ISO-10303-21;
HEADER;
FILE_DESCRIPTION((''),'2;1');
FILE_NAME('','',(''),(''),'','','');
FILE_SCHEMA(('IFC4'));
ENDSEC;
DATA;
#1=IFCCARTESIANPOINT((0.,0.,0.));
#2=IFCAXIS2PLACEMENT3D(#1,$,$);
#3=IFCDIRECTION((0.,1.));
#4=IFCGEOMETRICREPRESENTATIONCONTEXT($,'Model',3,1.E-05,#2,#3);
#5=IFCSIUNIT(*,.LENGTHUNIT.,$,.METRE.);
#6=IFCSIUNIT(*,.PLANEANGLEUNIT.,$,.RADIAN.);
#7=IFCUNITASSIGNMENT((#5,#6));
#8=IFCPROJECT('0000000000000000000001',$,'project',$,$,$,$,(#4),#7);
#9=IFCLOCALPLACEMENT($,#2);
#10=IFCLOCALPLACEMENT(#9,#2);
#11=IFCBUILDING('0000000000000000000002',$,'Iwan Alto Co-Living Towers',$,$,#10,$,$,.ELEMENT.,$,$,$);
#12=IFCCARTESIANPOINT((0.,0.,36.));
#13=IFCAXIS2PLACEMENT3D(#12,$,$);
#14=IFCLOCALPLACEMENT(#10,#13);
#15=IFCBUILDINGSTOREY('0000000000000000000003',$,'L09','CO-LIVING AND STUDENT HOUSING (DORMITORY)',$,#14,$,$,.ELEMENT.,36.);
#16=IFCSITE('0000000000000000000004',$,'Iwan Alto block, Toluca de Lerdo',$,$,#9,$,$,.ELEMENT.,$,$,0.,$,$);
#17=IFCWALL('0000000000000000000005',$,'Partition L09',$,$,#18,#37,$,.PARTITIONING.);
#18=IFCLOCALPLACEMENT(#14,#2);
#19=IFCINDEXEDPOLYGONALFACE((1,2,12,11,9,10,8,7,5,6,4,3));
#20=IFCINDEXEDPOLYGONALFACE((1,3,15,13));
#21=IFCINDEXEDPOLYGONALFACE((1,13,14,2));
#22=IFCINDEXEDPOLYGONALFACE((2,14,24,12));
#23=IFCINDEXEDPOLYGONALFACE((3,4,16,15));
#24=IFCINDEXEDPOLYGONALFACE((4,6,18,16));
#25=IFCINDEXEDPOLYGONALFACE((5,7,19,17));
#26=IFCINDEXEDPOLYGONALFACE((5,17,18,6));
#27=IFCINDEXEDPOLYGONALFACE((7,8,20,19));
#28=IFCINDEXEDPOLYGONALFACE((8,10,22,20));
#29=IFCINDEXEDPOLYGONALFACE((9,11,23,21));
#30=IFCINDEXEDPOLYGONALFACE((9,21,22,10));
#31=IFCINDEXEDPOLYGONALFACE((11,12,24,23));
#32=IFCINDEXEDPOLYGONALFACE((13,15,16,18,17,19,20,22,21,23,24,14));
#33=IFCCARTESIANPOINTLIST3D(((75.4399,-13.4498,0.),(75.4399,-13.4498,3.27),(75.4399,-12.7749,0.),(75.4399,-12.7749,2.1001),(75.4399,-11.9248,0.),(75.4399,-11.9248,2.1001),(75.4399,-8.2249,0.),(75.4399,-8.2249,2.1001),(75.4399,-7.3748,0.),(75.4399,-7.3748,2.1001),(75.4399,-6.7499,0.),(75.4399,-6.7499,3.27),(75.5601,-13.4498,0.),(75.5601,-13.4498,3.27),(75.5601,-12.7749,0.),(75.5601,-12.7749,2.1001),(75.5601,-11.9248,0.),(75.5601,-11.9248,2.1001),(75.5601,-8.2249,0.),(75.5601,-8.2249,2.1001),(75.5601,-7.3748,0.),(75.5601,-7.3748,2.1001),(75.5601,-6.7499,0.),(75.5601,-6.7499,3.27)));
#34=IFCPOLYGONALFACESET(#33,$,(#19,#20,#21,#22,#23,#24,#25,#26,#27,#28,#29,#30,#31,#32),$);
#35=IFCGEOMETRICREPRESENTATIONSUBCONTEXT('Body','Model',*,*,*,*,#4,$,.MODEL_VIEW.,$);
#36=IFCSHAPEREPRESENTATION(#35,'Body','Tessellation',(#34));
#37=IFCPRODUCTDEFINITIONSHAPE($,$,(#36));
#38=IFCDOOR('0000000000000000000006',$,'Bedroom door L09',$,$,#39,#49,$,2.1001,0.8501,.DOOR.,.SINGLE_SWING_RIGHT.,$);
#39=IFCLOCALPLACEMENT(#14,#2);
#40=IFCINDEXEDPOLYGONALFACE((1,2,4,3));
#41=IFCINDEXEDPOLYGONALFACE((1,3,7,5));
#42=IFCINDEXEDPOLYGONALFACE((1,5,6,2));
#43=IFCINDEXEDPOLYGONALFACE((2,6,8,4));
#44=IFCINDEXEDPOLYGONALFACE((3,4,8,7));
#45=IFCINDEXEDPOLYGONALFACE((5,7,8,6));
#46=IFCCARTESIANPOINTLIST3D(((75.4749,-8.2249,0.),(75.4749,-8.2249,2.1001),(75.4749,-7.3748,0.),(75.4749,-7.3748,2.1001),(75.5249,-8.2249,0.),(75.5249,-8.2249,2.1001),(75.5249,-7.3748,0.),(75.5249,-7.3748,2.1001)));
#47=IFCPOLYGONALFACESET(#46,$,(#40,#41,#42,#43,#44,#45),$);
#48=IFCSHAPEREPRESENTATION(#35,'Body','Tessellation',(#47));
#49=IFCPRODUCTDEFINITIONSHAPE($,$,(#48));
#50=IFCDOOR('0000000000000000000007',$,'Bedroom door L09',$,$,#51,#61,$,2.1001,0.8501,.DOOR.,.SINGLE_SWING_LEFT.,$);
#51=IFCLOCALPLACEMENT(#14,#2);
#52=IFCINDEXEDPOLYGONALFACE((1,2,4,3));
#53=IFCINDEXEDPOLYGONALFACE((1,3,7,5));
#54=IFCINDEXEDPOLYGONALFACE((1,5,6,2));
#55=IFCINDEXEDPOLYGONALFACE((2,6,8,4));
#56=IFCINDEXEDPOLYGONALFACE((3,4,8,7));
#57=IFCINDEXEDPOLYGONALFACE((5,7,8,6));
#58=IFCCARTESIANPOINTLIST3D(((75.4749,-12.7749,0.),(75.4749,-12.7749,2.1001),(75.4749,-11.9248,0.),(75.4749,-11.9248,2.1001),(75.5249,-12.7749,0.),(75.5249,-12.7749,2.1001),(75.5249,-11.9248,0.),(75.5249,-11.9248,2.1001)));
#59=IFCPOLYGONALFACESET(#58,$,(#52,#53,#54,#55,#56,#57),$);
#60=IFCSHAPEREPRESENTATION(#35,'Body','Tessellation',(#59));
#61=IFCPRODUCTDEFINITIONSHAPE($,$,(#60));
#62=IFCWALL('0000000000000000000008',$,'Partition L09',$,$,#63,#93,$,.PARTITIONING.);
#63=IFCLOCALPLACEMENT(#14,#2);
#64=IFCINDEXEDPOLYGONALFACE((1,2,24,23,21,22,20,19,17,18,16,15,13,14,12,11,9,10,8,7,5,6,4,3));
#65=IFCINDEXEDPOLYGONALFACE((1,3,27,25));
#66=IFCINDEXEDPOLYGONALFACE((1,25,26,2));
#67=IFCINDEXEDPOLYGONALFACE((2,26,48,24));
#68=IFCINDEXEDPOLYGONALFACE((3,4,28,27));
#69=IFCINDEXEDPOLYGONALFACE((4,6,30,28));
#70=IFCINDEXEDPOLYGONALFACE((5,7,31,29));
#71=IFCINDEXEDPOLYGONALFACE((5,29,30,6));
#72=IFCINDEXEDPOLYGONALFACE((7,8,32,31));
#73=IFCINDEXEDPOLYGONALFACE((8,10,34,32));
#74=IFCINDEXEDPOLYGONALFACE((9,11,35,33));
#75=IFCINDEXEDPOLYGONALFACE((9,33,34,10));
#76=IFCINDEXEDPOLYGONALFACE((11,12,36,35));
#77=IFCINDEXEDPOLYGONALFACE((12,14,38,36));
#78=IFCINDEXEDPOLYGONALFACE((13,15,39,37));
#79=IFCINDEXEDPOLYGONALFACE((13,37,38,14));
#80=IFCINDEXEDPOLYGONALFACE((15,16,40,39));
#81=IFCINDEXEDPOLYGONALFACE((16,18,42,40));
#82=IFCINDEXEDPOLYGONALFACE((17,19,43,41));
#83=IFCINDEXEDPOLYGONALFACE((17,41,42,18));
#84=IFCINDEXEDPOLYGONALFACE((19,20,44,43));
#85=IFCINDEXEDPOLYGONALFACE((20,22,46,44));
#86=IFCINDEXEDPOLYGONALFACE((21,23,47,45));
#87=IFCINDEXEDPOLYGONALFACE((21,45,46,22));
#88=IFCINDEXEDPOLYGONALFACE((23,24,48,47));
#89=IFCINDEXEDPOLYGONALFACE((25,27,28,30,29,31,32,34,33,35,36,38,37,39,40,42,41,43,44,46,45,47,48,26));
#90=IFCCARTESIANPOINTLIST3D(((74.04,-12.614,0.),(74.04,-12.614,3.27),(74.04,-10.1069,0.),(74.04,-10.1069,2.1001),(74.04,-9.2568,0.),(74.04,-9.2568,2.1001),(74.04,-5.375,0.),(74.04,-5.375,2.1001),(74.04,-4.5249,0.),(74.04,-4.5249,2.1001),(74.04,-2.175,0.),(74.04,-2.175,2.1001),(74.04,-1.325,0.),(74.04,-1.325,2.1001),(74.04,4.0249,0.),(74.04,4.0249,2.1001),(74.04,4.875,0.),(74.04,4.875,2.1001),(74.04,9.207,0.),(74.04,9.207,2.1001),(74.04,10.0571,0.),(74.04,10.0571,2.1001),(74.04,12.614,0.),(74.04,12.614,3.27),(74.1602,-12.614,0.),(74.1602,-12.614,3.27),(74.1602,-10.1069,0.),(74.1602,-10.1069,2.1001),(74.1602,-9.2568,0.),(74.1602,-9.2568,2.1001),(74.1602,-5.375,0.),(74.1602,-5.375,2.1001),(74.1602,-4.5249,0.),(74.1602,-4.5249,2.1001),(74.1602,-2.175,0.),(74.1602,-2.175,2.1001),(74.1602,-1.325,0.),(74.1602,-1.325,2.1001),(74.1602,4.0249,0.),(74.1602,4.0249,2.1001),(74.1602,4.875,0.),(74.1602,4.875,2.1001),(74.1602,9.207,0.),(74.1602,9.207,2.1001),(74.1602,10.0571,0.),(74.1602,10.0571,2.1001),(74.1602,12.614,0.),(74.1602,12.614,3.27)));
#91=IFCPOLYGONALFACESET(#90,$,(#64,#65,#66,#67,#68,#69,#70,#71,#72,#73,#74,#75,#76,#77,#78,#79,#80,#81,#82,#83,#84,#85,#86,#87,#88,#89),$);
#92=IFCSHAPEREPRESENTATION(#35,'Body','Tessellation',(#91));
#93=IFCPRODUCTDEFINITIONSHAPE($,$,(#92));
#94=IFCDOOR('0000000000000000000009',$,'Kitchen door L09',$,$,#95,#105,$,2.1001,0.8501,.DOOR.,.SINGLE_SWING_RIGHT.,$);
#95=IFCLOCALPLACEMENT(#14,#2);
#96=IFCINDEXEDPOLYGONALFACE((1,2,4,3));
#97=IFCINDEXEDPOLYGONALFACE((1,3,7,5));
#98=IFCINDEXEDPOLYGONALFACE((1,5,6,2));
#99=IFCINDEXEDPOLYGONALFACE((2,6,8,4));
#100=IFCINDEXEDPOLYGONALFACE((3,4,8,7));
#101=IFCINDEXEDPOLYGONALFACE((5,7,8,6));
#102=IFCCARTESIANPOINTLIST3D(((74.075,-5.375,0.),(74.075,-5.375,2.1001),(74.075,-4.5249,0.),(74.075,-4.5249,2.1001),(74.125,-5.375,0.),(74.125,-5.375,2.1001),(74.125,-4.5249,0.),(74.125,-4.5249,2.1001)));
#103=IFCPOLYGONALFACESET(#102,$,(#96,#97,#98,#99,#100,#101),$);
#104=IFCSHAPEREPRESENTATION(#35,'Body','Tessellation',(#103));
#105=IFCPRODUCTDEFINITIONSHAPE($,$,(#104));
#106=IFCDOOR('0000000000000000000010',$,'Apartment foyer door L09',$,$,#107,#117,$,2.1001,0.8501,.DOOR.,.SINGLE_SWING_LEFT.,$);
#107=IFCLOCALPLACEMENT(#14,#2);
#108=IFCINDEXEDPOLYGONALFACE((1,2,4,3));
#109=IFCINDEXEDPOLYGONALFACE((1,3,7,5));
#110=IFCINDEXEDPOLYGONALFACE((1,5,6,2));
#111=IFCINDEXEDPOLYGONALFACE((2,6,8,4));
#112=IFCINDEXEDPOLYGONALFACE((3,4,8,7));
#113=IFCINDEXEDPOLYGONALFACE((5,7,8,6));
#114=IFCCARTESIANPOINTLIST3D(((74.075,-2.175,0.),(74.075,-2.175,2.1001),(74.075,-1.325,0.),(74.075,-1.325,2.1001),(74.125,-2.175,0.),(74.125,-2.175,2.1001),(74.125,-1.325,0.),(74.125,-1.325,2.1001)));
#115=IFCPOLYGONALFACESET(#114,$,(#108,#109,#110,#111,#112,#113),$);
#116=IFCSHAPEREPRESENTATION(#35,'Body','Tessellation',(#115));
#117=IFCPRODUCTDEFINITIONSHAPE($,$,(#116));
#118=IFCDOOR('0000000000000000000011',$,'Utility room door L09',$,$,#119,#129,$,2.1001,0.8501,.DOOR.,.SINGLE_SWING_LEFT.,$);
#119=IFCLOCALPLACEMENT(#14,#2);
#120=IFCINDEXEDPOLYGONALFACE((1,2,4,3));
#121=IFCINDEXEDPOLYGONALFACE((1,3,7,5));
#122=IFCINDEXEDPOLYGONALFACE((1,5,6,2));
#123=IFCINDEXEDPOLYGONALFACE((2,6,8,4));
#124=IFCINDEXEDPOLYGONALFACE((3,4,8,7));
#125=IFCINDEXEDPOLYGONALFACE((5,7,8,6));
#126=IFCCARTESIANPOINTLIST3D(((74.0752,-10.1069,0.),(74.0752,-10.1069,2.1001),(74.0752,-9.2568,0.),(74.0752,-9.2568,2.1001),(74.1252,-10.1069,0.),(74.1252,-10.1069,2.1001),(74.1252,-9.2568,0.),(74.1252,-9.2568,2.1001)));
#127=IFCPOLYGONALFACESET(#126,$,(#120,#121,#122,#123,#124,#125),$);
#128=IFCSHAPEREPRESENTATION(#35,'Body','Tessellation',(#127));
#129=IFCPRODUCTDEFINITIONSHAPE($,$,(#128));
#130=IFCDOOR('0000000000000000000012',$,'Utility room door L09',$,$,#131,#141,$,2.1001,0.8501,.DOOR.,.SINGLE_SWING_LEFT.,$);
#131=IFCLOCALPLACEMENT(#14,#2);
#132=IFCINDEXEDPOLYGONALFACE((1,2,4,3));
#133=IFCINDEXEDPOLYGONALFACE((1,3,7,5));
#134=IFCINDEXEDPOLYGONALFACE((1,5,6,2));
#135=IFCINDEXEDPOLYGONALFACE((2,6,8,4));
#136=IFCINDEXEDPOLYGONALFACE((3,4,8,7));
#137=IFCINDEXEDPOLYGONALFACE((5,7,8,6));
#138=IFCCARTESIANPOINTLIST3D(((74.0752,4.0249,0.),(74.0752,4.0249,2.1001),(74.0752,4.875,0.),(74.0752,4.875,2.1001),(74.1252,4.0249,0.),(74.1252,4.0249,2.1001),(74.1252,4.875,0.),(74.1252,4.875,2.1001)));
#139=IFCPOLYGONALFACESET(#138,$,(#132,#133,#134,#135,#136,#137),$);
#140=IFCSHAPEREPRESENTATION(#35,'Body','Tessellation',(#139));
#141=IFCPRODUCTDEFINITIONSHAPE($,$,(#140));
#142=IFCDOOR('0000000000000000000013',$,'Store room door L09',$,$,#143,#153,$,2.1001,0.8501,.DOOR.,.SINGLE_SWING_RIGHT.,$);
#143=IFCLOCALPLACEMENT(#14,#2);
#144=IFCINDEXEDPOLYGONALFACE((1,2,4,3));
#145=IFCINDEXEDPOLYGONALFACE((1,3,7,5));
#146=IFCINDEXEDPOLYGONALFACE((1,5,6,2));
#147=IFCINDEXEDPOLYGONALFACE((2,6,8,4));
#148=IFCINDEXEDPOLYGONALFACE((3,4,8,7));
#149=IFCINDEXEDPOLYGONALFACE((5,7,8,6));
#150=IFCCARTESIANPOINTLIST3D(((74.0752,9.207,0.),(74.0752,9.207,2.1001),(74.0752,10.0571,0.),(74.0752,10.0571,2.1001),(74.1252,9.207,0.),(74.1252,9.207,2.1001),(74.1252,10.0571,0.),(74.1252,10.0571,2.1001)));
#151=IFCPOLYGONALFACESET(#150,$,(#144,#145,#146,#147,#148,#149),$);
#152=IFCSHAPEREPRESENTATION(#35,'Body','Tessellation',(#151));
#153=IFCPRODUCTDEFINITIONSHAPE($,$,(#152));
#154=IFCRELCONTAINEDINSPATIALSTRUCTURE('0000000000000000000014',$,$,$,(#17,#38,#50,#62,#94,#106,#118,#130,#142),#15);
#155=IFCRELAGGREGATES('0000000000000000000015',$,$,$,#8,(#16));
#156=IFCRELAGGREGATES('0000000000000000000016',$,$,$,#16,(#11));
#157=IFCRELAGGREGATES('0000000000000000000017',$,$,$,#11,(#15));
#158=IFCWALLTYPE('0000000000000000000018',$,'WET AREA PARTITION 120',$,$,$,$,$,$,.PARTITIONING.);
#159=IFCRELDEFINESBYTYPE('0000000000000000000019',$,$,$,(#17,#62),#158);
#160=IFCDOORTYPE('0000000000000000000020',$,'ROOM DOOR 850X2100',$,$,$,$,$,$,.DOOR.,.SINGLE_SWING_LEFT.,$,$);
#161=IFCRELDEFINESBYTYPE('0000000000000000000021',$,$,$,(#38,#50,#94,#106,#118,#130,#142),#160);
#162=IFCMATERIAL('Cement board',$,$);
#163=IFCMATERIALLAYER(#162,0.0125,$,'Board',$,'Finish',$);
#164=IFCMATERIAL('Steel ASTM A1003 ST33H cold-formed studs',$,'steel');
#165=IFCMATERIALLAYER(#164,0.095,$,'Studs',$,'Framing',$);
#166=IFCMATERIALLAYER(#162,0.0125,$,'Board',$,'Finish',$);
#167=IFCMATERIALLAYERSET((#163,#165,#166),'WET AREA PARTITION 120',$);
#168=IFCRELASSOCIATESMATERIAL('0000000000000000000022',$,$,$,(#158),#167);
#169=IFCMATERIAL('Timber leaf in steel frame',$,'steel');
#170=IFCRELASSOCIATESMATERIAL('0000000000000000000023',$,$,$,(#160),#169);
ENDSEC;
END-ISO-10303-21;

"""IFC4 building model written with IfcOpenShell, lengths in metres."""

from ifc_helpers import new_model, si_unit, direction, frame, frame_2d, origin, place, context, subcontext, project, spatial, rectangle, extrude, material, layer, layer_set, type_object, element, fill, save


model = new_model("IFC4")

# Units and contexts
model_context = context("Model", 3, precision=1e-05, world=origin(), true_north=direction((0.0, 1.0)))
body_context = subcontext(model_context, "Body", "Model", "MODEL_VIEW")
ifc_project = project(units=[si_unit("LENGTHUNIT", "METRE"), si_unit("PLANEANGLEUNIT", "RADIAN")], contexts=[model_context])

# Site, building, storey
site_placement = place(None, origin())
site = spatial("IfcSite", under=ifc_project, at=site_placement, Name="Iwan Alto block, Toluca de Lerdo", CompositionType="ELEMENT", RefElevation=0.0)
building_placement = place(site_placement, origin())
building = spatial("IfcBuilding", under=site, at=building_placement, Name="Iwan Alto Co-Living Towers", CompositionType="ELEMENT")
storey_placement = place(building_placement, frame((0.0, 0.0, 36.0)))
storey = spatial("IfcBuildingStorey", under=building, at=storey_placement, Name="L09", Description="CO-LIVING AND STUDENT HOUSING (DORMITORY)", CompositionType="ELEMENT", Elevation=36.0)

# Shared definitions
ifc_material_1 = material(Name="Steel ASTM A1003 ST33H cold-formed studs", Category="steel")
ifc_material_2 = material(Name="Cement board")
ifc_layer_1 = layer(ifc_material_2, 0.0125, Name="Board", Category="Finish")
ifc_layer_2 = layer(ifc_material_1, 0.095, Name="Studs", Category="Framing")
ifc_layer_3 = layer(ifc_material_2, 0.0125, Name="Board", Category="Finish")
ifc_layer_set_1 = layer_set([ifc_layer_1, ifc_layer_2, ifc_layer_3], Name="WET AREA PARTITION 120")
wall_type_1 = type_object("IfcWallType", Name="WET AREA PARTITION 120", PredefinedType="PARTITIONING", material=ifc_layer_set_1)

# Shared definitions
ifc_material_3 = material(Name="Timber leaf in steel frame", Category="steel")
door_type = type_object("IfcDoorType", Name="ROOM DOOR 850X2100", OperationType="SINGLE_SWING_LEFT", PredefinedType="DOOR", material=ifc_material_3)

# Walls, openings, doors
wall_1_placement = place(storey_placement, frame((75.5, -13.45, 0.0), z_axis=(0.0, 0.0, 1.0), x_axis=(0.0, 1.0, 0.0)))
wall_1 = element("IfcWall", 1, at=wall_1_placement, inside=storey, type_object=wall_type_1, Name="Partition L09", PredefinedType="PARTITIONING", context=body_context, shape_type="SweptSolid", body=[
    extrude(rectangle(XDim=6.7, YDim=0.1201, at=frame_2d((3.3501, 0.0))), origin(), (0.0, 0.0, 1.0), 3.27),
])
opening_1_placement = place(wall_1_placement, frame((5.2251, 0.0, 0.0)))
opening_1 = element("IfcOpeningElement", 2, at=opening_1_placement, cuts=wall_1, PredefinedType="OPENING", context=body_context, shape_type="SweptSolid", body=[
    extrude(rectangle(XDim=0.8501, YDim=2.1001, at=frame_2d((0.425, 1.05))), frame((0.0, 0.0701, 0.0), z_axis=(0.0, -1.0, 0.0), x_axis=(1.0, 0.0, 0.0)), (0.0, 0.0, 1.0), 0.1401),
])
opening_2_placement = place(wall_1_placement, frame((0.675, 0.0, 0.0)))
opening_2 = element("IfcOpeningElement", 3, at=opening_2_placement, cuts=wall_1, PredefinedType="OPENING", context=body_context, shape_type="SweptSolid", body=[
    extrude(rectangle(XDim=0.8501, YDim=2.1001, at=frame_2d((0.425, 1.05))), frame((0.0, 0.0701, 0.0), z_axis=(0.0, -1.0, 0.0), x_axis=(1.0, 0.0, 0.0)), (0.0, 0.0, 1.0), 0.1401),
])
door_1_placement = place(opening_1_placement, frame((0.8501, 0.0, 0.0), z_axis=(0.0, 0.0, 1.0), x_axis=(-1.0, 0.0, 0.0)))
door_1 = element("IfcDoor", 4, at=door_1_placement, inside=storey, type_object=door_type, Name="Bedroom door L09", OperationType="SINGLE_SWING_RIGHT", OverallHeight=2.1001, OverallWidth=0.8501, PredefinedType="DOOR", context=body_context, shape_type="SweptSolid", body=[
    extrude(rectangle(XDim=0.8501, YDim=2.1001, at=frame_2d((0.425, 1.05))), frame((0.0, 0.0249, 0.0), z_axis=(0.0, -1.0, 0.0), x_axis=(1.0, 0.0, 0.0)), (0.0, 0.0, 1.0), 0.05),
])
fill(opening_1, door_1)
door_2_placement = place(opening_2_placement, frame((0.8501, 0.0, 0.0), z_axis=(0.0, 0.0, 1.0), x_axis=(-1.0, 0.0, 0.0)))
door_2 = element("IfcDoor", 5, at=door_2_placement, inside=storey, type_object=door_type, Name="Bedroom door L09", OperationType="SINGLE_SWING_LEFT", OverallHeight=2.1001, OverallWidth=0.8501, PredefinedType="DOOR", context=body_context, shape_type="SweptSolid", body=[
    extrude(rectangle(XDim=0.8501, YDim=2.1001, at=frame_2d((0.425, 1.05))), frame((0.0, 0.0249, 0.0), z_axis=(0.0, -1.0, 0.0), x_axis=(1.0, 0.0, 0.0)), (0.0, 0.0, 1.0), 0.05),
])
fill(opening_2, door_2)
wall_2_placement = place(storey_placement, frame((74.1001, -12.614, 0.0), z_axis=(0.0, 0.0, 1.0), x_axis=(0.0, 1.0, 0.0)))
wall_2 = element("IfcWall", 6, at=wall_2_placement, inside=storey, type_object=wall_type_1, Name="Partition L09", PredefinedType="PARTITIONING", context=body_context, shape_type="SweptSolid", body=[
    extrude(rectangle(XDim=25.228, YDim=0.1201, at=frame_2d((12.614, 0.0))), origin(), (0.0, 0.0, 1.0), 3.27),
])
opening_3_placement = place(wall_2_placement, frame((7.239, 0.0, 0.0)))
opening_3 = element("IfcOpeningElement", 7, at=opening_3_placement, cuts=wall_2, PredefinedType="OPENING", context=body_context, shape_type="SweptSolid", body=[
    extrude(rectangle(XDim=0.8501, YDim=2.1001, at=frame_2d((0.425, 1.05))), frame((0.0, 0.0701, 0.0), z_axis=(0.0, -1.0, 0.0), x_axis=(1.0, 0.0, 0.0)), (0.0, 0.0, 1.0), 0.1401),
])
opening_4_placement = place(wall_2_placement, frame((10.439, 0.0, 0.0)))
opening_4 = element("IfcOpeningElement", 8, at=opening_4_placement, cuts=wall_2, PredefinedType="OPENING", context=body_context, shape_type="SweptSolid", body=[
    extrude(rectangle(XDim=0.8501, YDim=2.1001, at=frame_2d((0.425, 1.05))), frame((0.0, 0.0701, 0.0), z_axis=(0.0, -1.0, 0.0), x_axis=(1.0, 0.0, 0.0)), (0.0, 0.0, 1.0), 0.1401),
])
opening_5_placement = place(wall_2_placement, frame((2.5071, 0.0, 0.0)))
opening_5 = element("IfcOpeningElement", 9, at=opening_5_placement, cuts=wall_2, PredefinedType="OPENING", context=body_context, shape_type="SweptSolid", body=[
    extrude(rectangle(XDim=0.8501, YDim=2.1001, at=frame_2d((0.425, 1.05))), frame((0.0, 0.0701, 0.0), z_axis=(0.0, -1.0, 0.0), x_axis=(1.0, 0.0, 0.0)), (0.0, 0.0, 1.0), 0.1401),
])
opening_6_placement = place(wall_2_placement, frame((16.6389, 0.0, 0.0)))
opening_6 = element("IfcOpeningElement", 10, at=opening_6_placement, cuts=wall_2, PredefinedType="OPENING", context=body_context, shape_type="SweptSolid", body=[
    extrude(rectangle(XDim=0.8501, YDim=2.1001, at=frame_2d((0.425, 1.05))), frame((0.0, 0.0701, 0.0), z_axis=(0.0, -1.0, 0.0), x_axis=(1.0, 0.0, 0.0)), (0.0, 0.0, 1.0), 0.1401),
])
opening_7_placement = place(wall_2_placement, frame((21.821, 0.0, 0.0)))
opening_7 = element("IfcOpeningElement", 11, at=opening_7_placement, cuts=wall_2, PredefinedType="OPENING", context=body_context, shape_type="SweptSolid", body=[
    extrude(rectangle(XDim=0.8501, YDim=2.1001, at=frame_2d((0.425, 1.05))), frame((0.0, 0.0701, 0.0), z_axis=(0.0, -1.0, 0.0), x_axis=(1.0, 0.0, 0.0)), (0.0, 0.0, 1.0), 0.1401),
])
door_3_placement = place(opening_3_placement, frame((0.8501, 0.0, 0.0), z_axis=(0.0, 0.0, 1.0), x_axis=(-1.0, 0.0, 0.0)))
door_3 = element("IfcDoor", 12, at=door_3_placement, inside=storey, type_object=door_type, Name="Kitchen door L09", OperationType="SINGLE_SWING_RIGHT", OverallHeight=2.1001, OverallWidth=0.8501, PredefinedType="DOOR", context=body_context, shape_type="SweptSolid", body=[
    extrude(rectangle(XDim=0.8501, YDim=2.1001, at=frame_2d((0.425, 1.05))), frame((0.0, 0.0249, 0.0), z_axis=(0.0, -1.0, 0.0), x_axis=(1.0, 0.0, 0.0)), (0.0, 0.0, 1.0), 0.05),
])
fill(opening_3, door_3)
door_4_placement = place(opening_4_placement, frame((0.8501, 0.0, 0.0), z_axis=(0.0, 0.0, 1.0), x_axis=(-1.0, 0.0, 0.0)))
door_4 = element("IfcDoor", 13, at=door_4_placement, inside=storey, type_object=door_type, Name="Apartment foyer door L09", OperationType="SINGLE_SWING_LEFT", OverallHeight=2.1001, OverallWidth=0.8501, PredefinedType="DOOR", context=body_context, shape_type="SweptSolid", body=[
    extrude(rectangle(XDim=0.8501, YDim=2.1001, at=frame_2d((0.425, 1.05))), frame((0.0, 0.0249, 0.0), z_axis=(0.0, -1.0, 0.0), x_axis=(1.0, 0.0, 0.0)), (0.0, 0.0, 1.0), 0.05),
])
fill(opening_4, door_4)
door_5_placement = place(opening_5_placement, origin())
door_5 = element("IfcDoor", 14, at=door_5_placement, inside=storey, type_object=door_type, Name="Utility room door L09", OperationType="SINGLE_SWING_LEFT", OverallHeight=2.1001, OverallWidth=0.8501, PredefinedType="DOOR", context=body_context, shape_type="SweptSolid", body=[
    extrude(rectangle(XDim=0.8501, YDim=2.1001, at=frame_2d((0.425, 1.05))), frame((0.0, 0.0249, 0.0), z_axis=(0.0, -1.0, 0.0), x_axis=(1.0, 0.0, 0.0)), (0.0, 0.0, 1.0), 0.05),
])
fill(opening_5, door_5)
door_6_placement = place(opening_6_placement, origin())
door_6 = element("IfcDoor", 15, at=door_6_placement, inside=storey, type_object=door_type, Name="Utility room door L09", OperationType="SINGLE_SWING_LEFT", OverallHeight=2.1001, OverallWidth=0.8501, PredefinedType="DOOR", context=body_context, shape_type="SweptSolid", body=[
    extrude(rectangle(XDim=0.8501, YDim=2.1001, at=frame_2d((0.425, 1.05))), frame((0.0, 0.0249, 0.0), z_axis=(0.0, -1.0, 0.0), x_axis=(1.0, 0.0, 0.0)), (0.0, 0.0, 1.0), 0.05),
])
fill(opening_6, door_6)
door_7_placement = place(opening_7_placement, origin())
door_7 = element("IfcDoor", 16, at=door_7_placement, inside=storey, type_object=door_type, Name="Store room door L09", OperationType="SINGLE_SWING_RIGHT", OverallHeight=2.1001, OverallWidth=0.8501, PredefinedType="DOOR", context=body_context, shape_type="SweptSolid", body=[
    extrude(rectangle(XDim=0.8501, YDim=2.1001, at=frame_2d((0.425, 1.05))), frame((0.0, 0.0249, 0.0), z_axis=(0.0, -1.0, 0.0), x_axis=(1.0, 0.0, 0.0)), (0.0, 0.0, 1.0), 0.05),
])
fill(opening_7, door_7)

save(model, "model.ifc")
